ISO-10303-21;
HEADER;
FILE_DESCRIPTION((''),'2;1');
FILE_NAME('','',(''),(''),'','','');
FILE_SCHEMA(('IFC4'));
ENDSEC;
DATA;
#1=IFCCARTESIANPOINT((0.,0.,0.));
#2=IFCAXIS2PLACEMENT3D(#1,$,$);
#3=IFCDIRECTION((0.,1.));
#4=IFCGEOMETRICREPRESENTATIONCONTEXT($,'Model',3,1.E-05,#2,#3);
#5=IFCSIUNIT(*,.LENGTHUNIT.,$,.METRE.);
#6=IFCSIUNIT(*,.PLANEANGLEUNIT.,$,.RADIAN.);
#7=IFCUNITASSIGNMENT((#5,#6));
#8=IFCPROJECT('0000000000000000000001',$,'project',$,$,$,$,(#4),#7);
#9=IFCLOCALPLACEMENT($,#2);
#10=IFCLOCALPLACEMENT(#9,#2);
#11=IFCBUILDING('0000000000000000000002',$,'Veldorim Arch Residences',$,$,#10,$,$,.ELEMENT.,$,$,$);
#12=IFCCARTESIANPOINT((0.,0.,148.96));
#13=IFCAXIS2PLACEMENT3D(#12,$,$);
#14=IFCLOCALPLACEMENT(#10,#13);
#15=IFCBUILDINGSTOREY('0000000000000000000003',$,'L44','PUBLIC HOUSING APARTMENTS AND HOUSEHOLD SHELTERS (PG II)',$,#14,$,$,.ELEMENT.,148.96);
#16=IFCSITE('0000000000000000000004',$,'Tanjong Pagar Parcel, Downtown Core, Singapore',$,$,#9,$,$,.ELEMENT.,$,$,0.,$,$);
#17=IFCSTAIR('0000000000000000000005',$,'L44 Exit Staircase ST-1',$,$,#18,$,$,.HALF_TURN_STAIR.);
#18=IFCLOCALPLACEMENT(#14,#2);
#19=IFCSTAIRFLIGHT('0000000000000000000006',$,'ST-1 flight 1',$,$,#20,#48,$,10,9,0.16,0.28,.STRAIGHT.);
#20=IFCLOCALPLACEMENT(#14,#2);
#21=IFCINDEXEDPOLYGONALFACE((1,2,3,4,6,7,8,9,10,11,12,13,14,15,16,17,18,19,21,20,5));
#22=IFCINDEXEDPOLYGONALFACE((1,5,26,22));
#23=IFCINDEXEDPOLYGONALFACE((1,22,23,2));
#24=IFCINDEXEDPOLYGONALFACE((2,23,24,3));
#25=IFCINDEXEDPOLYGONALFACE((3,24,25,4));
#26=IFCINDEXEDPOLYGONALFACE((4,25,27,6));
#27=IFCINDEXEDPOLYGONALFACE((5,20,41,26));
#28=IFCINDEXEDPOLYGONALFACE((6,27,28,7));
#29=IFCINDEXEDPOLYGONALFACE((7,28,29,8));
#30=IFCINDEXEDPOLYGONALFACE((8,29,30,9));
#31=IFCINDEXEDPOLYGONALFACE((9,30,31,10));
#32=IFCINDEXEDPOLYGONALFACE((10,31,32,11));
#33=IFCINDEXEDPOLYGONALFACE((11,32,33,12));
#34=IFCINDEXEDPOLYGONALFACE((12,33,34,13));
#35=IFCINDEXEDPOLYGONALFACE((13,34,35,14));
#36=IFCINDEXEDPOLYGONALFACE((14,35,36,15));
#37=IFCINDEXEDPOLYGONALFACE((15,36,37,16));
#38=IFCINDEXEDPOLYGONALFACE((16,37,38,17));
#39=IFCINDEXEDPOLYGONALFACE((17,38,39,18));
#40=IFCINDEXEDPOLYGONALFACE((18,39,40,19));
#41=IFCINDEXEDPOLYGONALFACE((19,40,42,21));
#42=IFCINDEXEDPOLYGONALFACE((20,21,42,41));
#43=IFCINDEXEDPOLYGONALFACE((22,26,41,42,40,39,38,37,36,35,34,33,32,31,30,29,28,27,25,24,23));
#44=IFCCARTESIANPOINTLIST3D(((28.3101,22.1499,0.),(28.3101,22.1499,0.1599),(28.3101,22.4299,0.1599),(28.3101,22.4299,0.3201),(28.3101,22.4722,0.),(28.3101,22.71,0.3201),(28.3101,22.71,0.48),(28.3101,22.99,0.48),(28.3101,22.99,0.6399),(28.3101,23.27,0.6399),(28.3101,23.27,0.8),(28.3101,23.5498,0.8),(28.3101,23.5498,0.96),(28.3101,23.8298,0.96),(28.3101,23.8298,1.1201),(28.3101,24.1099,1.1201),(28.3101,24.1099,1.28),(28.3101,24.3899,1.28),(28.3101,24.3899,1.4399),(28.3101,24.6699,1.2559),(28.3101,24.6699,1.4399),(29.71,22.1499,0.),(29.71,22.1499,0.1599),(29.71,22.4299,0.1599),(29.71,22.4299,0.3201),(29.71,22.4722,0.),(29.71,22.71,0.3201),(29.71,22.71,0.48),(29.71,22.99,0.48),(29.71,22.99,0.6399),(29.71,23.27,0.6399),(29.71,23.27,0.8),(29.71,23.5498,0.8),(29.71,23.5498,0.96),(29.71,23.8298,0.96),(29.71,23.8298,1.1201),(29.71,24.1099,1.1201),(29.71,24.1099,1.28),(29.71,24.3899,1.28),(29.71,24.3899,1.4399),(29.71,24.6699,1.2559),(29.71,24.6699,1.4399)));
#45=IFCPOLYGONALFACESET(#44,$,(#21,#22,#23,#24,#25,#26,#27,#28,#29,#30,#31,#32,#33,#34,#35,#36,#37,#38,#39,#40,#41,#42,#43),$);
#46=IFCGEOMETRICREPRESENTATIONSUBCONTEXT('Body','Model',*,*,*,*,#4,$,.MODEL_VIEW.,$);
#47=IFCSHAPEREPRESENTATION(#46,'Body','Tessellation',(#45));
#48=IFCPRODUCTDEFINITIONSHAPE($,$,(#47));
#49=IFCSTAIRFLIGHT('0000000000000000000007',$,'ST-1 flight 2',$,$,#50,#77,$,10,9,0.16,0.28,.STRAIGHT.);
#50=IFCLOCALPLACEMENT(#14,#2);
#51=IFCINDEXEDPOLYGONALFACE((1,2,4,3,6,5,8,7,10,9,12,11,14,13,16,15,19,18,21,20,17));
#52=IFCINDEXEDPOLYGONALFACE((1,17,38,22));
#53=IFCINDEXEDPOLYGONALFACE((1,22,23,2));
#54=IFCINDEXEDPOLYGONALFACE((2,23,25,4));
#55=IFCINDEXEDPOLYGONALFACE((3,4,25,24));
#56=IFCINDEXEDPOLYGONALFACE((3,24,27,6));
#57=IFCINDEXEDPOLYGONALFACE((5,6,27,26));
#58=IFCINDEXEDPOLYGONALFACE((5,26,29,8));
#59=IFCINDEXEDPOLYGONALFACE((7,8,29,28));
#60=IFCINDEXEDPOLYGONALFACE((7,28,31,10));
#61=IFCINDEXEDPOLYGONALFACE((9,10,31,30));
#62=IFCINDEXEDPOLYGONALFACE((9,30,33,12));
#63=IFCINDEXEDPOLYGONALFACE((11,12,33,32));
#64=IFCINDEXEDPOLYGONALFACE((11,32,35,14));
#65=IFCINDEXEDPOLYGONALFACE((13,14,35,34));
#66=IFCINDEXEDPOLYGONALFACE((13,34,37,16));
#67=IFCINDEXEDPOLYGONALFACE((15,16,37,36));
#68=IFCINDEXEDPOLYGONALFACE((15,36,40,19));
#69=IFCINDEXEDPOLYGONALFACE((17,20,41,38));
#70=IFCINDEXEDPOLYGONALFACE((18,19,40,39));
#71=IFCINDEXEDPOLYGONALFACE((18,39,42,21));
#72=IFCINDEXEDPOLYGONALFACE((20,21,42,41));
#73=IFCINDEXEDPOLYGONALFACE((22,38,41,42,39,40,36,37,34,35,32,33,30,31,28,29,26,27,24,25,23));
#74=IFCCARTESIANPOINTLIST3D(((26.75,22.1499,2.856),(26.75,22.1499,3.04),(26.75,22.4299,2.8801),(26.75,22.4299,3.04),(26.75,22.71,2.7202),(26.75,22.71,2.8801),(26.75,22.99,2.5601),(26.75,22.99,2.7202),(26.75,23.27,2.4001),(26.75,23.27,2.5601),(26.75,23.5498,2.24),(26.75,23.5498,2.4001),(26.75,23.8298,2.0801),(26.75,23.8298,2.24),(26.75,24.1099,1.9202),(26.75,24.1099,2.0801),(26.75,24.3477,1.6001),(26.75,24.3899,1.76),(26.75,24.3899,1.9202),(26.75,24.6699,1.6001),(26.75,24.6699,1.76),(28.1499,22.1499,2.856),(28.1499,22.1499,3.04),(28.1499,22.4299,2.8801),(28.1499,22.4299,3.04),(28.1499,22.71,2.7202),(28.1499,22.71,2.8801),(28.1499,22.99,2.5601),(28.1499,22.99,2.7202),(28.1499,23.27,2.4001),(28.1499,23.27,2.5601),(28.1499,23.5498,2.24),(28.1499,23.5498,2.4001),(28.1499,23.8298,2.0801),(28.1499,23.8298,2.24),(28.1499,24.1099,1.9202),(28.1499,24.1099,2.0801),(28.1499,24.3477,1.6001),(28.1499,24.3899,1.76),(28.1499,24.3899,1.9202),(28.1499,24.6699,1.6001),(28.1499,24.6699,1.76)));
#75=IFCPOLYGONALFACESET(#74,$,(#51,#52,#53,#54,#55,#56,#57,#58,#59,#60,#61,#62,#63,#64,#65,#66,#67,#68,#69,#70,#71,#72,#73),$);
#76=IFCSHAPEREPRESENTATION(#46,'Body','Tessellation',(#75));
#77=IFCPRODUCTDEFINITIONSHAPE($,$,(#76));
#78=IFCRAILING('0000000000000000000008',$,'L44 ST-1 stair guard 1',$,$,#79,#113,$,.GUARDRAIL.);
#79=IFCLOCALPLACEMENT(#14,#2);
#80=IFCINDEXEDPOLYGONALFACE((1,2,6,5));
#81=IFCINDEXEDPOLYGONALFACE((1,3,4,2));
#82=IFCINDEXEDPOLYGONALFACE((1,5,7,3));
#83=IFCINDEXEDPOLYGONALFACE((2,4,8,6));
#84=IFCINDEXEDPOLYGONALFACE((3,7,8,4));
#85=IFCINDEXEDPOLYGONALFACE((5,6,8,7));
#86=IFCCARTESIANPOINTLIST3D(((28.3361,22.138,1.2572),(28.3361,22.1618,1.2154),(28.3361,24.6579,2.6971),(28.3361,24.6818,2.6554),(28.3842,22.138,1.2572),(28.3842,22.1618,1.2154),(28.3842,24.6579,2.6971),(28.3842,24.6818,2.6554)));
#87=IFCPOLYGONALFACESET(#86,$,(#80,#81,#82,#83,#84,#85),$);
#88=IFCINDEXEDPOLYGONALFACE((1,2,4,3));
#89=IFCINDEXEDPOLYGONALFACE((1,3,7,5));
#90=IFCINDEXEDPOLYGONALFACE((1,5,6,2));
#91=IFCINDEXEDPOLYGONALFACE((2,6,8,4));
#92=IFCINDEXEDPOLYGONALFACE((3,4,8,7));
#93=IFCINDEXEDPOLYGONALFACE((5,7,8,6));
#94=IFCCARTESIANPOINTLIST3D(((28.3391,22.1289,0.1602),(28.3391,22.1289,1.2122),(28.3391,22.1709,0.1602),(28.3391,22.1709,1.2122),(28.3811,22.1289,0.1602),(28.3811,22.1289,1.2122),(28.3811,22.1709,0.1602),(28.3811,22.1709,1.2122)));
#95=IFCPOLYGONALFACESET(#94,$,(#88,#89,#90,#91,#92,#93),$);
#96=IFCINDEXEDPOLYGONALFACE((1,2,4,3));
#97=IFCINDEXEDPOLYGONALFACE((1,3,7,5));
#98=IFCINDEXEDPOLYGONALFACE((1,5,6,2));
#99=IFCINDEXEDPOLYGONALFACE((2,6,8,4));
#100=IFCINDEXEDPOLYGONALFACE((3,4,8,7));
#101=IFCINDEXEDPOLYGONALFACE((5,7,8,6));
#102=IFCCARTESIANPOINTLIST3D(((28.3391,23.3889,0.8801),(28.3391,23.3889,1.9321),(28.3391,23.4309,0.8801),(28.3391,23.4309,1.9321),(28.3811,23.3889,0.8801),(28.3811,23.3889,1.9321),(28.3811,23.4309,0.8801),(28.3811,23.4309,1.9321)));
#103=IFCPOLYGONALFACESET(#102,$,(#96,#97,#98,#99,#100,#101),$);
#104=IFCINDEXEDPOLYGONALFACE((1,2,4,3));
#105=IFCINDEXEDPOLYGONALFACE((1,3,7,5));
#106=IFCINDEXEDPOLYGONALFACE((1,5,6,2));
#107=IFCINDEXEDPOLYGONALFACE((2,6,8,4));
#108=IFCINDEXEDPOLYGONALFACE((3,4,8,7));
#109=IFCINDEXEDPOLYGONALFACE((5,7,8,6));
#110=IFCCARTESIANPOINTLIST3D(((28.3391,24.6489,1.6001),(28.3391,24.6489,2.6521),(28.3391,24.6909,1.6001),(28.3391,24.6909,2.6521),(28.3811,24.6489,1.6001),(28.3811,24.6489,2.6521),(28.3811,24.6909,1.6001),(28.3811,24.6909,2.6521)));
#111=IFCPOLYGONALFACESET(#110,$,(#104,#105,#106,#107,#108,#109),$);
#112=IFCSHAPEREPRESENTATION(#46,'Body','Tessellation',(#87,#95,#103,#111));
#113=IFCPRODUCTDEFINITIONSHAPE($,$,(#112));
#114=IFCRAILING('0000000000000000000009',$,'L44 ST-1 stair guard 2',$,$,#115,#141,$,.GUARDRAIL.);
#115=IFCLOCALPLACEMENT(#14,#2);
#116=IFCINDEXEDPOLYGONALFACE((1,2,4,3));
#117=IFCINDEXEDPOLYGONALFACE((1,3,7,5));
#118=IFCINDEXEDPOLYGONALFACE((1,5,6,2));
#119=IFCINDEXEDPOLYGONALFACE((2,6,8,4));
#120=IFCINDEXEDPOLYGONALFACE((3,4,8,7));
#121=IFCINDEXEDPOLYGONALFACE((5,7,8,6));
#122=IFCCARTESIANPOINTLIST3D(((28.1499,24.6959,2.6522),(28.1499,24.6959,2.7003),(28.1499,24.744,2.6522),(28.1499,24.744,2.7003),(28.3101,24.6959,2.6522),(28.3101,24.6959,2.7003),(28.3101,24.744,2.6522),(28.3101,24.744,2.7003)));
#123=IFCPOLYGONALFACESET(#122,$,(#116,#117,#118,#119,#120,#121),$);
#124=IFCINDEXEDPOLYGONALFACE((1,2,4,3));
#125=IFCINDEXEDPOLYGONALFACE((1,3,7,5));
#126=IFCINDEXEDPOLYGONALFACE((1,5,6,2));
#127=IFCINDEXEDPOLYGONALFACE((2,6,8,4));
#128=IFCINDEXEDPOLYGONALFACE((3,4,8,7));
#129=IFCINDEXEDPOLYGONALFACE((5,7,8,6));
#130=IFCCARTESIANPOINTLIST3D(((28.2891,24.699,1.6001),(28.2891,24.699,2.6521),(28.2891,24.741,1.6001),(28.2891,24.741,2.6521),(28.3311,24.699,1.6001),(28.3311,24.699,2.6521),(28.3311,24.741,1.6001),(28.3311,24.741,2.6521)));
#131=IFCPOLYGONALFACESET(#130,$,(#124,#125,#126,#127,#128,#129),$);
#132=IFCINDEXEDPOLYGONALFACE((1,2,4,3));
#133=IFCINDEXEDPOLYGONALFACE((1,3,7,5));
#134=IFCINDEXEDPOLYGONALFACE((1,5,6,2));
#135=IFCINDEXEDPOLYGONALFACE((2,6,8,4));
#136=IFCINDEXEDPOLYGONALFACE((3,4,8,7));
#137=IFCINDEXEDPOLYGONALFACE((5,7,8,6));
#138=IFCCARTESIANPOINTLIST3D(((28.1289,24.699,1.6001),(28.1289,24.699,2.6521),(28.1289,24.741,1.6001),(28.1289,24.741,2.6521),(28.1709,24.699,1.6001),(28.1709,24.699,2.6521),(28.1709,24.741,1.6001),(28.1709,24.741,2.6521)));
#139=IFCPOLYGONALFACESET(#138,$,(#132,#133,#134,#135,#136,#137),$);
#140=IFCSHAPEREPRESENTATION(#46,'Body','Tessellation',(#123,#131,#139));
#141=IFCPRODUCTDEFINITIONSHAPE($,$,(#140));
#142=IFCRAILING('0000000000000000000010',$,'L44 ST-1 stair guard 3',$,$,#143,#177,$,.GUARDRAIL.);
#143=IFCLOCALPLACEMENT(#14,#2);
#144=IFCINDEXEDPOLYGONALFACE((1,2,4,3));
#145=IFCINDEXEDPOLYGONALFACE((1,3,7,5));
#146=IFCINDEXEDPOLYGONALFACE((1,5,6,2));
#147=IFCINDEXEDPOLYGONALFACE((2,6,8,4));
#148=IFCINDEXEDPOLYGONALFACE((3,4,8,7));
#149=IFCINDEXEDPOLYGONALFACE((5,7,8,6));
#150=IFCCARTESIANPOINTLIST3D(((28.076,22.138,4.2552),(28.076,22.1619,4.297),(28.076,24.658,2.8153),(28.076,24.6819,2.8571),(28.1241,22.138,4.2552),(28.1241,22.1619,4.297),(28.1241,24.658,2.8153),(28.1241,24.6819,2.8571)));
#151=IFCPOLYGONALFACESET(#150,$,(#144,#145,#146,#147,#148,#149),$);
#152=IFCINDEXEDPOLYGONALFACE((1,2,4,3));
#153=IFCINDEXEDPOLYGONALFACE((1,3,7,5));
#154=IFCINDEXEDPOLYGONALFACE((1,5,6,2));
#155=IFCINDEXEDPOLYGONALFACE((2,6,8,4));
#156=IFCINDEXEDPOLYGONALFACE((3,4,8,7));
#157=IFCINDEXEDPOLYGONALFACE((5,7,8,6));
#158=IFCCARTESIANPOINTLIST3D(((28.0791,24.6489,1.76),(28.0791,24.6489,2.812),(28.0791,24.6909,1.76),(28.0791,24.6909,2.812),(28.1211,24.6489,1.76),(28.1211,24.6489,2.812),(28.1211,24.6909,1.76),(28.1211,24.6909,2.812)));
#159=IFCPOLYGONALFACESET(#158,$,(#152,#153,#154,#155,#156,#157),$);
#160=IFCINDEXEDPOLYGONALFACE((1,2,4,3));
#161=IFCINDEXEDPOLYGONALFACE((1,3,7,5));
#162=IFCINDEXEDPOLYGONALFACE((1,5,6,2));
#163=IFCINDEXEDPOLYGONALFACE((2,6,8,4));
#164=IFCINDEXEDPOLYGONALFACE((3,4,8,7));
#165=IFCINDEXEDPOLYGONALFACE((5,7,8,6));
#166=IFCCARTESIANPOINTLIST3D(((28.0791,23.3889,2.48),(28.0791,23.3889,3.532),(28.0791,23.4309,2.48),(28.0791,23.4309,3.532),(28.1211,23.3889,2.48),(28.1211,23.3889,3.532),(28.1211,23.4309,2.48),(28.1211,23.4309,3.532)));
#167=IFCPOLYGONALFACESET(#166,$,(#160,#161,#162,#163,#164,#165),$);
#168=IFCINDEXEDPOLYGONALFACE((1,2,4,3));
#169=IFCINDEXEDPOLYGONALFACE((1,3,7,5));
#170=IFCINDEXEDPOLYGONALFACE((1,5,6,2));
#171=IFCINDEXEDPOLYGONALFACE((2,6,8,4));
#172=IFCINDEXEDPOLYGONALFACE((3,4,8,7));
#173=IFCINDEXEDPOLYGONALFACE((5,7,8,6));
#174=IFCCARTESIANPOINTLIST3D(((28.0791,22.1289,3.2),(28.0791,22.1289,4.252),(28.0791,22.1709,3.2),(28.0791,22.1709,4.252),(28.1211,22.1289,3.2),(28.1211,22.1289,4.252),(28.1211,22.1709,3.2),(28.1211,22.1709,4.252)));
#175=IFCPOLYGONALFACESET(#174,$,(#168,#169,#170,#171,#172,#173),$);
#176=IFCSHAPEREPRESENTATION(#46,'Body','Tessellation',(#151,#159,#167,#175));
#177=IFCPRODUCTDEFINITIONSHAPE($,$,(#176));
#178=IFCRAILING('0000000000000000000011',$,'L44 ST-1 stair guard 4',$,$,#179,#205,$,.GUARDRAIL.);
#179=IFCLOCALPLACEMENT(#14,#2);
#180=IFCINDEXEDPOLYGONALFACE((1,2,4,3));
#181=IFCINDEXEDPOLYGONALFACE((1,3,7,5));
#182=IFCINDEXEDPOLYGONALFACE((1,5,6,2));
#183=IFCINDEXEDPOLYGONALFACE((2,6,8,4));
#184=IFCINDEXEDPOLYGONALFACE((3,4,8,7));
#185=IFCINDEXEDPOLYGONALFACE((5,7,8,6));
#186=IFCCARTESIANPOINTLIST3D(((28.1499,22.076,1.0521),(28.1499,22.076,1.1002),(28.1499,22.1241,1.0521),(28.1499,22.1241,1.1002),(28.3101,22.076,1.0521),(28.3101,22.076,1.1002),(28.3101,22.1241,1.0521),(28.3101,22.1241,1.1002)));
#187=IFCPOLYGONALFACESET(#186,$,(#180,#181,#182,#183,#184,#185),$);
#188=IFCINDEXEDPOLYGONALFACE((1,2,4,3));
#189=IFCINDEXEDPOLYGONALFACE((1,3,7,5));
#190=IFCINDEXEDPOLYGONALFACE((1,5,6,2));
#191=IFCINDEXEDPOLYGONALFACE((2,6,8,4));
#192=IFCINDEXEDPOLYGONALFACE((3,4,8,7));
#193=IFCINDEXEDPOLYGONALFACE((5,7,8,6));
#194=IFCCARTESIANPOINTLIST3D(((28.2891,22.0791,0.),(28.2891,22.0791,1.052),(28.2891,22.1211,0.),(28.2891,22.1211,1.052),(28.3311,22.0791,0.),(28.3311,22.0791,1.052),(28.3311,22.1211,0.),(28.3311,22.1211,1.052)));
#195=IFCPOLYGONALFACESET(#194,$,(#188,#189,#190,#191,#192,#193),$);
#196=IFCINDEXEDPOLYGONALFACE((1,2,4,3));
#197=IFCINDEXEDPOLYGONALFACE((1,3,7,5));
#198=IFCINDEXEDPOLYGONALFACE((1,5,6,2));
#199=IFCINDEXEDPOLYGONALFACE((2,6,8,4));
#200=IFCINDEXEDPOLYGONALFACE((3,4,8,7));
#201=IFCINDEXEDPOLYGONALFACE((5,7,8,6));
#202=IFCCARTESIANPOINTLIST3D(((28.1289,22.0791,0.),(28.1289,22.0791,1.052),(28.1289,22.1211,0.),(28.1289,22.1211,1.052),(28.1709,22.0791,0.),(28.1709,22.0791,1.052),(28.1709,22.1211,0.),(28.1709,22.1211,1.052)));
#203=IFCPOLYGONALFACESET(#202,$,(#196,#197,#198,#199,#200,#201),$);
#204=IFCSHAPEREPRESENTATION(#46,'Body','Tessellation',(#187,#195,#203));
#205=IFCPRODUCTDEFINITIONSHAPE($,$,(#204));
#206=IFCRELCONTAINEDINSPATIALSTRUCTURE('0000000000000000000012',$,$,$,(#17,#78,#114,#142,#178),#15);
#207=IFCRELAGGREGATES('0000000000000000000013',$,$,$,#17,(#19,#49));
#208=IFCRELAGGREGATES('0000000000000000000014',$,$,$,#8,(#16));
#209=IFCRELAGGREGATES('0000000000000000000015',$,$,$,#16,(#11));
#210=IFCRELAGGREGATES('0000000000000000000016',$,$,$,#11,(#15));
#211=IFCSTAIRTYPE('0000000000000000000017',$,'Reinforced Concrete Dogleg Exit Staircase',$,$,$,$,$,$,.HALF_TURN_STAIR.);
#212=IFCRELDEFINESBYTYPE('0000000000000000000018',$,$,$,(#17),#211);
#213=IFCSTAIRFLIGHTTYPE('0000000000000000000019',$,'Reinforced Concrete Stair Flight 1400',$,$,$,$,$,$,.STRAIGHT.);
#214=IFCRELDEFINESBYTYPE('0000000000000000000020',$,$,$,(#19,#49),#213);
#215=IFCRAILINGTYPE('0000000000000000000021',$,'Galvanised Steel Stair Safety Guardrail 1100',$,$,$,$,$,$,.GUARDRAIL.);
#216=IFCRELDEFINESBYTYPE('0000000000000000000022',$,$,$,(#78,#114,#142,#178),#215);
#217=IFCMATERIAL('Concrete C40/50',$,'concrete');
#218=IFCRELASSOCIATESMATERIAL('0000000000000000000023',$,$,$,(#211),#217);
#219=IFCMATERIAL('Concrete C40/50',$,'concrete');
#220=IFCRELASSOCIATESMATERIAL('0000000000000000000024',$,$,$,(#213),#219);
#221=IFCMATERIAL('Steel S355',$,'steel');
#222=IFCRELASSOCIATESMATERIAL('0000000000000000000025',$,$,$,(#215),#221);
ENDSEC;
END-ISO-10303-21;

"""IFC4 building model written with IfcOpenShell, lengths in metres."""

from ifc_helpers import new_model, si_unit, direction, frame, origin, origin_2d, place, context, subcontext, project, spatial, polyline, rectangle, outline, extrude, material, type_object, element, aggregate, save


model = new_model("IFC4")

# Units and contexts
model_context = context("Model", 3, precision=1e-05, world=origin(), true_north=direction((0.0, 1.0)))
body_context = subcontext(model_context, "Body", "Model", "MODEL_VIEW")
ifc_project = project(units=[si_unit("LENGTHUNIT", "METRE"), si_unit("PLANEANGLEUNIT", "RADIAN")], contexts=[model_context])

# Site, building, storey
site_placement = place(None, origin())
site = spatial("IfcSite", under=ifc_project, at=site_placement, Name="Tanjong Pagar Parcel, Downtown Core, Singapore", CompositionType="ELEMENT", RefElevation=0.0)
building_placement = place(site_placement, origin())
building = spatial("IfcBuilding", under=site, at=building_placement, Name="Veldorim Arch Residences", CompositionType="ELEMENT")
storey_placement = place(building_placement, frame((0.0, 0.0, 148.96)))
storey = spatial("IfcBuildingStorey", under=building, at=storey_placement, Name="L44", Description="PUBLIC HOUSING APARTMENTS AND HOUSEHOLD SHELTERS (PG II)", CompositionType="ELEMENT", Elevation=148.96)

# Stair, stair flights
ifc_material_1 = material(Name="Concrete C40/50", Category="concrete")
stair_type = type_object("IfcStairType", Name="Reinforced Concrete Dogleg Exit Staircase", PredefinedType="HALF_TURN_STAIR", material=ifc_material_1)
stair_placement = place(storey_placement, origin())
stair = element("IfcStair", 1, at=stair_placement, inside=storey, type_object=stair_type, Name="L44 Exit Staircase ST-1", PredefinedType="HALF_TURN_STAIR")
ifc_material_2 = material(Name="Concrete C40/50", Category="concrete")
stair_flight_type = type_object("IfcStairFlightType", Name="Reinforced Concrete Stair Flight 1400", PredefinedType="STRAIGHT", material=ifc_material_2)
stair_flight_1_placement = place(storey_placement, frame((29.01, 22.1499, 0.0), z_axis=(0.0, 0.0, 1.0), x_axis=(0.0, 1.0, 0.0)))
stair_flight_1 = element("IfcStairFlight", 2, at=stair_flight_1_placement, type_object=stair_flight_type, Name="ST-1 flight 1", NumberOfRisers=10, NumberOfTreads=9, PredefinedType="STRAIGHT", RiserHeight=0.16, TreadLength=0.28, context=body_context, shape_type="SweptSolid", body=[
    extrude(outline(polyline([(0.0, 0.0), (0.0, 0.1599), (0.28, 0.1599), (0.28, 0.3201), (0.5601, 0.3201), (0.5601, 0.48), (0.8401, 0.48), (0.8401, 0.6399), (1.1201, 0.6399), (1.1201, 0.8), (1.3999, 0.8), (1.3999, 0.96), (1.6799, 0.96), (1.6799, 1.1201), (1.96, 1.1201), (1.96, 1.28), (2.24, 1.28), (2.24, 1.4399), (2.52, 1.4399), (2.52, 1.6001), (2.52, 1.2559), (0.3223, 0.0), (0.0, 0.0)])), frame((0.0, 0.7, 0.0), z_axis=(0.0, -1.0, 0.0), x_axis=(1.0, 0.0, 0.0)), (0.0, 0.0, 1.0), 1.3999),
])
stair_flight_2_placement = place(storey_placement, frame((27.45, 24.6699, 1.6001), z_axis=(0.0, 0.0, 1.0), x_axis=(0.0, -1.0, 0.0)))
stair_flight_2 = element("IfcStairFlight", 3, at=stair_flight_2_placement, type_object=stair_flight_type, Name="ST-1 flight 2", NumberOfRisers=10, NumberOfTreads=9, PredefinedType="STRAIGHT", RiserHeight=0.16, TreadLength=0.28, context=body_context, shape_type="SweptSolid", body=[
    extrude(outline(polyline([(0.0, 0.0), (0.0, 0.1599), (0.28, 0.1599), (0.28, 0.3201), (0.5601, 0.3201), (0.5601, 0.48), (0.8401, 0.48), (0.8401, 0.6399), (1.1201, 0.6399), (1.1201, 0.8), (1.3999, 0.8), (1.3999, 0.96), (1.6799, 0.96), (1.6799, 1.1201), (1.96, 1.1201), (1.96, 1.28), (2.24, 1.28), (2.24, 1.4399), (2.52, 1.4399), (2.52, 1.6001), (2.52, 1.2559), (0.3223, 0.0), (0.0, 0.0)])), frame((0.0, 0.7, 0.0), z_axis=(0.0, -1.0, 0.0), x_axis=(1.0, 0.0, 0.0)), (0.0, 0.0, 1.0), 1.3999),
])
aggregate(stair, [stair_flight_1, stair_flight_2])

# Railings
ifc_material_3 = material(Name="Steel S355", Category="steel")
railing_type_1 = type_object("IfcRailingType", Name="Galvanised Steel Stair Safety Guardrail 1100", PredefinedType="GUARDRAIL", material=ifc_material_3)
railing_1_placement = place(storey_placement, frame((28.3601, 22.1499, 0.1602)))
element("IfcRailing", 4, at=railing_1_placement, inside=storey, type_object=railing_type_1, Name="L44 ST-1 stair guard 1", PredefinedType="GUARDRAIL", context=body_context, shape_type="SweptSolid", body=[
    extrude(rectangle(XDim=0.0481, YDim=0.0481, at=origin_2d()), frame((0.0, 0.0, 1.0762), z_axis=(0.0, 0.868253, 0.496121), x_axis=(-1.0, 0.0, 0.0)), (0.0, 0.0, 1.0), 2.9023),
    extrude(rectangle(XDim=0.042, YDim=0.042, at=origin_2d()), origin(), (0.0, 0.0, 1.0), 1.052),
    extrude(rectangle(XDim=0.042, YDim=0.042, at=origin_2d()), frame((0.0, 1.26, 0.72)), (0.0, 0.0, 1.0), 1.052),
    extrude(rectangle(XDim=0.042, YDim=0.042, at=origin_2d()), frame((0.0, 2.52, 1.4399)), (0.0, 0.0, 1.0), 1.052),
])
railing_2_placement = place(storey_placement, frame((28.3101, 24.72, 1.6001)))
element("IfcRailing", 5, at=railing_2_placement, inside=storey, type_object=railing_type_1, Name="L44 ST-1 stair guard 2", PredefinedType="GUARDRAIL", context=body_context, shape_type="SweptSolid", body=[
    extrude(rectangle(XDim=0.0481, YDim=0.0481, at=origin_2d()), frame((0.0, 0.0, 1.0762), z_axis=(-1.0, 0.0, 0.0), x_axis=(0.0, -1.0, 0.0)), (0.0, 0.0, 1.0), 0.1602),
    extrude(rectangle(XDim=0.042, YDim=0.042, at=origin_2d()), origin(), (0.0, 0.0, 1.0), 1.052),
    extrude(rectangle(XDim=0.042, YDim=0.042, at=origin_2d()), frame((-0.1602, 0.0, 0.0)), (0.0, 0.0, 1.0), 1.052),
])
railing_3_placement = place(storey_placement, frame((28.1001, 24.6699, 1.76)))
element("IfcRailing", 6, at=railing_3_placement, inside=storey, type_object=railing_type_1, Name="L44 ST-1 stair guard 3", PredefinedType="GUARDRAIL", context=body_context, shape_type="SweptSolid", body=[
    extrude(rectangle(XDim=0.0481, YDim=0.0481, at=origin_2d()), frame((0.0, 0.0, 1.0762), z_axis=(0.0, -0.868253, 0.496121), x_axis=(1.0, 0.0, 0.0)), (0.0, 0.0, 1.0), 2.9023),
    extrude(rectangle(XDim=0.042, YDim=0.042, at=origin_2d()), origin(), (0.0, 0.0, 1.0), 1.052),
    extrude(rectangle(XDim=0.042, YDim=0.042, at=origin_2d()), frame((0.0, -1.26, 0.72)), (0.0, 0.0, 1.0), 1.052),
    extrude(rectangle(XDim=0.042, YDim=0.042, at=origin_2d()), frame((0.0, -2.52, 1.4399)), (0.0, 0.0, 1.0), 1.052),
])
railing_4_placement = place(storey_placement, frame((28.3101, 22.1001, 0.0)))
element("IfcRailing", 7, at=railing_4_placement, inside=storey, type_object=railing_type_1, Name="L44 ST-1 stair guard 4", PredefinedType="GUARDRAIL", context=body_context, shape_type="SweptSolid", body=[
    extrude(rectangle(XDim=0.0481, YDim=0.0481, at=origin_2d()), frame((0.0, 0.0, 1.0762), z_axis=(-1.0, 0.0, 0.0), x_axis=(0.0, -1.0, 0.0)), (0.0, 0.0, 1.0), 0.1602),
    extrude(rectangle(XDim=0.042, YDim=0.042, at=origin_2d()), origin(), (0.0, 0.0, 1.0), 1.052),
    extrude(rectangle(XDim=0.042, YDim=0.042, at=origin_2d()), frame((-0.1602, 0.0, 0.0)), (0.0, 0.0, 1.0), 1.052),
])

save(model, "model.ifc")
